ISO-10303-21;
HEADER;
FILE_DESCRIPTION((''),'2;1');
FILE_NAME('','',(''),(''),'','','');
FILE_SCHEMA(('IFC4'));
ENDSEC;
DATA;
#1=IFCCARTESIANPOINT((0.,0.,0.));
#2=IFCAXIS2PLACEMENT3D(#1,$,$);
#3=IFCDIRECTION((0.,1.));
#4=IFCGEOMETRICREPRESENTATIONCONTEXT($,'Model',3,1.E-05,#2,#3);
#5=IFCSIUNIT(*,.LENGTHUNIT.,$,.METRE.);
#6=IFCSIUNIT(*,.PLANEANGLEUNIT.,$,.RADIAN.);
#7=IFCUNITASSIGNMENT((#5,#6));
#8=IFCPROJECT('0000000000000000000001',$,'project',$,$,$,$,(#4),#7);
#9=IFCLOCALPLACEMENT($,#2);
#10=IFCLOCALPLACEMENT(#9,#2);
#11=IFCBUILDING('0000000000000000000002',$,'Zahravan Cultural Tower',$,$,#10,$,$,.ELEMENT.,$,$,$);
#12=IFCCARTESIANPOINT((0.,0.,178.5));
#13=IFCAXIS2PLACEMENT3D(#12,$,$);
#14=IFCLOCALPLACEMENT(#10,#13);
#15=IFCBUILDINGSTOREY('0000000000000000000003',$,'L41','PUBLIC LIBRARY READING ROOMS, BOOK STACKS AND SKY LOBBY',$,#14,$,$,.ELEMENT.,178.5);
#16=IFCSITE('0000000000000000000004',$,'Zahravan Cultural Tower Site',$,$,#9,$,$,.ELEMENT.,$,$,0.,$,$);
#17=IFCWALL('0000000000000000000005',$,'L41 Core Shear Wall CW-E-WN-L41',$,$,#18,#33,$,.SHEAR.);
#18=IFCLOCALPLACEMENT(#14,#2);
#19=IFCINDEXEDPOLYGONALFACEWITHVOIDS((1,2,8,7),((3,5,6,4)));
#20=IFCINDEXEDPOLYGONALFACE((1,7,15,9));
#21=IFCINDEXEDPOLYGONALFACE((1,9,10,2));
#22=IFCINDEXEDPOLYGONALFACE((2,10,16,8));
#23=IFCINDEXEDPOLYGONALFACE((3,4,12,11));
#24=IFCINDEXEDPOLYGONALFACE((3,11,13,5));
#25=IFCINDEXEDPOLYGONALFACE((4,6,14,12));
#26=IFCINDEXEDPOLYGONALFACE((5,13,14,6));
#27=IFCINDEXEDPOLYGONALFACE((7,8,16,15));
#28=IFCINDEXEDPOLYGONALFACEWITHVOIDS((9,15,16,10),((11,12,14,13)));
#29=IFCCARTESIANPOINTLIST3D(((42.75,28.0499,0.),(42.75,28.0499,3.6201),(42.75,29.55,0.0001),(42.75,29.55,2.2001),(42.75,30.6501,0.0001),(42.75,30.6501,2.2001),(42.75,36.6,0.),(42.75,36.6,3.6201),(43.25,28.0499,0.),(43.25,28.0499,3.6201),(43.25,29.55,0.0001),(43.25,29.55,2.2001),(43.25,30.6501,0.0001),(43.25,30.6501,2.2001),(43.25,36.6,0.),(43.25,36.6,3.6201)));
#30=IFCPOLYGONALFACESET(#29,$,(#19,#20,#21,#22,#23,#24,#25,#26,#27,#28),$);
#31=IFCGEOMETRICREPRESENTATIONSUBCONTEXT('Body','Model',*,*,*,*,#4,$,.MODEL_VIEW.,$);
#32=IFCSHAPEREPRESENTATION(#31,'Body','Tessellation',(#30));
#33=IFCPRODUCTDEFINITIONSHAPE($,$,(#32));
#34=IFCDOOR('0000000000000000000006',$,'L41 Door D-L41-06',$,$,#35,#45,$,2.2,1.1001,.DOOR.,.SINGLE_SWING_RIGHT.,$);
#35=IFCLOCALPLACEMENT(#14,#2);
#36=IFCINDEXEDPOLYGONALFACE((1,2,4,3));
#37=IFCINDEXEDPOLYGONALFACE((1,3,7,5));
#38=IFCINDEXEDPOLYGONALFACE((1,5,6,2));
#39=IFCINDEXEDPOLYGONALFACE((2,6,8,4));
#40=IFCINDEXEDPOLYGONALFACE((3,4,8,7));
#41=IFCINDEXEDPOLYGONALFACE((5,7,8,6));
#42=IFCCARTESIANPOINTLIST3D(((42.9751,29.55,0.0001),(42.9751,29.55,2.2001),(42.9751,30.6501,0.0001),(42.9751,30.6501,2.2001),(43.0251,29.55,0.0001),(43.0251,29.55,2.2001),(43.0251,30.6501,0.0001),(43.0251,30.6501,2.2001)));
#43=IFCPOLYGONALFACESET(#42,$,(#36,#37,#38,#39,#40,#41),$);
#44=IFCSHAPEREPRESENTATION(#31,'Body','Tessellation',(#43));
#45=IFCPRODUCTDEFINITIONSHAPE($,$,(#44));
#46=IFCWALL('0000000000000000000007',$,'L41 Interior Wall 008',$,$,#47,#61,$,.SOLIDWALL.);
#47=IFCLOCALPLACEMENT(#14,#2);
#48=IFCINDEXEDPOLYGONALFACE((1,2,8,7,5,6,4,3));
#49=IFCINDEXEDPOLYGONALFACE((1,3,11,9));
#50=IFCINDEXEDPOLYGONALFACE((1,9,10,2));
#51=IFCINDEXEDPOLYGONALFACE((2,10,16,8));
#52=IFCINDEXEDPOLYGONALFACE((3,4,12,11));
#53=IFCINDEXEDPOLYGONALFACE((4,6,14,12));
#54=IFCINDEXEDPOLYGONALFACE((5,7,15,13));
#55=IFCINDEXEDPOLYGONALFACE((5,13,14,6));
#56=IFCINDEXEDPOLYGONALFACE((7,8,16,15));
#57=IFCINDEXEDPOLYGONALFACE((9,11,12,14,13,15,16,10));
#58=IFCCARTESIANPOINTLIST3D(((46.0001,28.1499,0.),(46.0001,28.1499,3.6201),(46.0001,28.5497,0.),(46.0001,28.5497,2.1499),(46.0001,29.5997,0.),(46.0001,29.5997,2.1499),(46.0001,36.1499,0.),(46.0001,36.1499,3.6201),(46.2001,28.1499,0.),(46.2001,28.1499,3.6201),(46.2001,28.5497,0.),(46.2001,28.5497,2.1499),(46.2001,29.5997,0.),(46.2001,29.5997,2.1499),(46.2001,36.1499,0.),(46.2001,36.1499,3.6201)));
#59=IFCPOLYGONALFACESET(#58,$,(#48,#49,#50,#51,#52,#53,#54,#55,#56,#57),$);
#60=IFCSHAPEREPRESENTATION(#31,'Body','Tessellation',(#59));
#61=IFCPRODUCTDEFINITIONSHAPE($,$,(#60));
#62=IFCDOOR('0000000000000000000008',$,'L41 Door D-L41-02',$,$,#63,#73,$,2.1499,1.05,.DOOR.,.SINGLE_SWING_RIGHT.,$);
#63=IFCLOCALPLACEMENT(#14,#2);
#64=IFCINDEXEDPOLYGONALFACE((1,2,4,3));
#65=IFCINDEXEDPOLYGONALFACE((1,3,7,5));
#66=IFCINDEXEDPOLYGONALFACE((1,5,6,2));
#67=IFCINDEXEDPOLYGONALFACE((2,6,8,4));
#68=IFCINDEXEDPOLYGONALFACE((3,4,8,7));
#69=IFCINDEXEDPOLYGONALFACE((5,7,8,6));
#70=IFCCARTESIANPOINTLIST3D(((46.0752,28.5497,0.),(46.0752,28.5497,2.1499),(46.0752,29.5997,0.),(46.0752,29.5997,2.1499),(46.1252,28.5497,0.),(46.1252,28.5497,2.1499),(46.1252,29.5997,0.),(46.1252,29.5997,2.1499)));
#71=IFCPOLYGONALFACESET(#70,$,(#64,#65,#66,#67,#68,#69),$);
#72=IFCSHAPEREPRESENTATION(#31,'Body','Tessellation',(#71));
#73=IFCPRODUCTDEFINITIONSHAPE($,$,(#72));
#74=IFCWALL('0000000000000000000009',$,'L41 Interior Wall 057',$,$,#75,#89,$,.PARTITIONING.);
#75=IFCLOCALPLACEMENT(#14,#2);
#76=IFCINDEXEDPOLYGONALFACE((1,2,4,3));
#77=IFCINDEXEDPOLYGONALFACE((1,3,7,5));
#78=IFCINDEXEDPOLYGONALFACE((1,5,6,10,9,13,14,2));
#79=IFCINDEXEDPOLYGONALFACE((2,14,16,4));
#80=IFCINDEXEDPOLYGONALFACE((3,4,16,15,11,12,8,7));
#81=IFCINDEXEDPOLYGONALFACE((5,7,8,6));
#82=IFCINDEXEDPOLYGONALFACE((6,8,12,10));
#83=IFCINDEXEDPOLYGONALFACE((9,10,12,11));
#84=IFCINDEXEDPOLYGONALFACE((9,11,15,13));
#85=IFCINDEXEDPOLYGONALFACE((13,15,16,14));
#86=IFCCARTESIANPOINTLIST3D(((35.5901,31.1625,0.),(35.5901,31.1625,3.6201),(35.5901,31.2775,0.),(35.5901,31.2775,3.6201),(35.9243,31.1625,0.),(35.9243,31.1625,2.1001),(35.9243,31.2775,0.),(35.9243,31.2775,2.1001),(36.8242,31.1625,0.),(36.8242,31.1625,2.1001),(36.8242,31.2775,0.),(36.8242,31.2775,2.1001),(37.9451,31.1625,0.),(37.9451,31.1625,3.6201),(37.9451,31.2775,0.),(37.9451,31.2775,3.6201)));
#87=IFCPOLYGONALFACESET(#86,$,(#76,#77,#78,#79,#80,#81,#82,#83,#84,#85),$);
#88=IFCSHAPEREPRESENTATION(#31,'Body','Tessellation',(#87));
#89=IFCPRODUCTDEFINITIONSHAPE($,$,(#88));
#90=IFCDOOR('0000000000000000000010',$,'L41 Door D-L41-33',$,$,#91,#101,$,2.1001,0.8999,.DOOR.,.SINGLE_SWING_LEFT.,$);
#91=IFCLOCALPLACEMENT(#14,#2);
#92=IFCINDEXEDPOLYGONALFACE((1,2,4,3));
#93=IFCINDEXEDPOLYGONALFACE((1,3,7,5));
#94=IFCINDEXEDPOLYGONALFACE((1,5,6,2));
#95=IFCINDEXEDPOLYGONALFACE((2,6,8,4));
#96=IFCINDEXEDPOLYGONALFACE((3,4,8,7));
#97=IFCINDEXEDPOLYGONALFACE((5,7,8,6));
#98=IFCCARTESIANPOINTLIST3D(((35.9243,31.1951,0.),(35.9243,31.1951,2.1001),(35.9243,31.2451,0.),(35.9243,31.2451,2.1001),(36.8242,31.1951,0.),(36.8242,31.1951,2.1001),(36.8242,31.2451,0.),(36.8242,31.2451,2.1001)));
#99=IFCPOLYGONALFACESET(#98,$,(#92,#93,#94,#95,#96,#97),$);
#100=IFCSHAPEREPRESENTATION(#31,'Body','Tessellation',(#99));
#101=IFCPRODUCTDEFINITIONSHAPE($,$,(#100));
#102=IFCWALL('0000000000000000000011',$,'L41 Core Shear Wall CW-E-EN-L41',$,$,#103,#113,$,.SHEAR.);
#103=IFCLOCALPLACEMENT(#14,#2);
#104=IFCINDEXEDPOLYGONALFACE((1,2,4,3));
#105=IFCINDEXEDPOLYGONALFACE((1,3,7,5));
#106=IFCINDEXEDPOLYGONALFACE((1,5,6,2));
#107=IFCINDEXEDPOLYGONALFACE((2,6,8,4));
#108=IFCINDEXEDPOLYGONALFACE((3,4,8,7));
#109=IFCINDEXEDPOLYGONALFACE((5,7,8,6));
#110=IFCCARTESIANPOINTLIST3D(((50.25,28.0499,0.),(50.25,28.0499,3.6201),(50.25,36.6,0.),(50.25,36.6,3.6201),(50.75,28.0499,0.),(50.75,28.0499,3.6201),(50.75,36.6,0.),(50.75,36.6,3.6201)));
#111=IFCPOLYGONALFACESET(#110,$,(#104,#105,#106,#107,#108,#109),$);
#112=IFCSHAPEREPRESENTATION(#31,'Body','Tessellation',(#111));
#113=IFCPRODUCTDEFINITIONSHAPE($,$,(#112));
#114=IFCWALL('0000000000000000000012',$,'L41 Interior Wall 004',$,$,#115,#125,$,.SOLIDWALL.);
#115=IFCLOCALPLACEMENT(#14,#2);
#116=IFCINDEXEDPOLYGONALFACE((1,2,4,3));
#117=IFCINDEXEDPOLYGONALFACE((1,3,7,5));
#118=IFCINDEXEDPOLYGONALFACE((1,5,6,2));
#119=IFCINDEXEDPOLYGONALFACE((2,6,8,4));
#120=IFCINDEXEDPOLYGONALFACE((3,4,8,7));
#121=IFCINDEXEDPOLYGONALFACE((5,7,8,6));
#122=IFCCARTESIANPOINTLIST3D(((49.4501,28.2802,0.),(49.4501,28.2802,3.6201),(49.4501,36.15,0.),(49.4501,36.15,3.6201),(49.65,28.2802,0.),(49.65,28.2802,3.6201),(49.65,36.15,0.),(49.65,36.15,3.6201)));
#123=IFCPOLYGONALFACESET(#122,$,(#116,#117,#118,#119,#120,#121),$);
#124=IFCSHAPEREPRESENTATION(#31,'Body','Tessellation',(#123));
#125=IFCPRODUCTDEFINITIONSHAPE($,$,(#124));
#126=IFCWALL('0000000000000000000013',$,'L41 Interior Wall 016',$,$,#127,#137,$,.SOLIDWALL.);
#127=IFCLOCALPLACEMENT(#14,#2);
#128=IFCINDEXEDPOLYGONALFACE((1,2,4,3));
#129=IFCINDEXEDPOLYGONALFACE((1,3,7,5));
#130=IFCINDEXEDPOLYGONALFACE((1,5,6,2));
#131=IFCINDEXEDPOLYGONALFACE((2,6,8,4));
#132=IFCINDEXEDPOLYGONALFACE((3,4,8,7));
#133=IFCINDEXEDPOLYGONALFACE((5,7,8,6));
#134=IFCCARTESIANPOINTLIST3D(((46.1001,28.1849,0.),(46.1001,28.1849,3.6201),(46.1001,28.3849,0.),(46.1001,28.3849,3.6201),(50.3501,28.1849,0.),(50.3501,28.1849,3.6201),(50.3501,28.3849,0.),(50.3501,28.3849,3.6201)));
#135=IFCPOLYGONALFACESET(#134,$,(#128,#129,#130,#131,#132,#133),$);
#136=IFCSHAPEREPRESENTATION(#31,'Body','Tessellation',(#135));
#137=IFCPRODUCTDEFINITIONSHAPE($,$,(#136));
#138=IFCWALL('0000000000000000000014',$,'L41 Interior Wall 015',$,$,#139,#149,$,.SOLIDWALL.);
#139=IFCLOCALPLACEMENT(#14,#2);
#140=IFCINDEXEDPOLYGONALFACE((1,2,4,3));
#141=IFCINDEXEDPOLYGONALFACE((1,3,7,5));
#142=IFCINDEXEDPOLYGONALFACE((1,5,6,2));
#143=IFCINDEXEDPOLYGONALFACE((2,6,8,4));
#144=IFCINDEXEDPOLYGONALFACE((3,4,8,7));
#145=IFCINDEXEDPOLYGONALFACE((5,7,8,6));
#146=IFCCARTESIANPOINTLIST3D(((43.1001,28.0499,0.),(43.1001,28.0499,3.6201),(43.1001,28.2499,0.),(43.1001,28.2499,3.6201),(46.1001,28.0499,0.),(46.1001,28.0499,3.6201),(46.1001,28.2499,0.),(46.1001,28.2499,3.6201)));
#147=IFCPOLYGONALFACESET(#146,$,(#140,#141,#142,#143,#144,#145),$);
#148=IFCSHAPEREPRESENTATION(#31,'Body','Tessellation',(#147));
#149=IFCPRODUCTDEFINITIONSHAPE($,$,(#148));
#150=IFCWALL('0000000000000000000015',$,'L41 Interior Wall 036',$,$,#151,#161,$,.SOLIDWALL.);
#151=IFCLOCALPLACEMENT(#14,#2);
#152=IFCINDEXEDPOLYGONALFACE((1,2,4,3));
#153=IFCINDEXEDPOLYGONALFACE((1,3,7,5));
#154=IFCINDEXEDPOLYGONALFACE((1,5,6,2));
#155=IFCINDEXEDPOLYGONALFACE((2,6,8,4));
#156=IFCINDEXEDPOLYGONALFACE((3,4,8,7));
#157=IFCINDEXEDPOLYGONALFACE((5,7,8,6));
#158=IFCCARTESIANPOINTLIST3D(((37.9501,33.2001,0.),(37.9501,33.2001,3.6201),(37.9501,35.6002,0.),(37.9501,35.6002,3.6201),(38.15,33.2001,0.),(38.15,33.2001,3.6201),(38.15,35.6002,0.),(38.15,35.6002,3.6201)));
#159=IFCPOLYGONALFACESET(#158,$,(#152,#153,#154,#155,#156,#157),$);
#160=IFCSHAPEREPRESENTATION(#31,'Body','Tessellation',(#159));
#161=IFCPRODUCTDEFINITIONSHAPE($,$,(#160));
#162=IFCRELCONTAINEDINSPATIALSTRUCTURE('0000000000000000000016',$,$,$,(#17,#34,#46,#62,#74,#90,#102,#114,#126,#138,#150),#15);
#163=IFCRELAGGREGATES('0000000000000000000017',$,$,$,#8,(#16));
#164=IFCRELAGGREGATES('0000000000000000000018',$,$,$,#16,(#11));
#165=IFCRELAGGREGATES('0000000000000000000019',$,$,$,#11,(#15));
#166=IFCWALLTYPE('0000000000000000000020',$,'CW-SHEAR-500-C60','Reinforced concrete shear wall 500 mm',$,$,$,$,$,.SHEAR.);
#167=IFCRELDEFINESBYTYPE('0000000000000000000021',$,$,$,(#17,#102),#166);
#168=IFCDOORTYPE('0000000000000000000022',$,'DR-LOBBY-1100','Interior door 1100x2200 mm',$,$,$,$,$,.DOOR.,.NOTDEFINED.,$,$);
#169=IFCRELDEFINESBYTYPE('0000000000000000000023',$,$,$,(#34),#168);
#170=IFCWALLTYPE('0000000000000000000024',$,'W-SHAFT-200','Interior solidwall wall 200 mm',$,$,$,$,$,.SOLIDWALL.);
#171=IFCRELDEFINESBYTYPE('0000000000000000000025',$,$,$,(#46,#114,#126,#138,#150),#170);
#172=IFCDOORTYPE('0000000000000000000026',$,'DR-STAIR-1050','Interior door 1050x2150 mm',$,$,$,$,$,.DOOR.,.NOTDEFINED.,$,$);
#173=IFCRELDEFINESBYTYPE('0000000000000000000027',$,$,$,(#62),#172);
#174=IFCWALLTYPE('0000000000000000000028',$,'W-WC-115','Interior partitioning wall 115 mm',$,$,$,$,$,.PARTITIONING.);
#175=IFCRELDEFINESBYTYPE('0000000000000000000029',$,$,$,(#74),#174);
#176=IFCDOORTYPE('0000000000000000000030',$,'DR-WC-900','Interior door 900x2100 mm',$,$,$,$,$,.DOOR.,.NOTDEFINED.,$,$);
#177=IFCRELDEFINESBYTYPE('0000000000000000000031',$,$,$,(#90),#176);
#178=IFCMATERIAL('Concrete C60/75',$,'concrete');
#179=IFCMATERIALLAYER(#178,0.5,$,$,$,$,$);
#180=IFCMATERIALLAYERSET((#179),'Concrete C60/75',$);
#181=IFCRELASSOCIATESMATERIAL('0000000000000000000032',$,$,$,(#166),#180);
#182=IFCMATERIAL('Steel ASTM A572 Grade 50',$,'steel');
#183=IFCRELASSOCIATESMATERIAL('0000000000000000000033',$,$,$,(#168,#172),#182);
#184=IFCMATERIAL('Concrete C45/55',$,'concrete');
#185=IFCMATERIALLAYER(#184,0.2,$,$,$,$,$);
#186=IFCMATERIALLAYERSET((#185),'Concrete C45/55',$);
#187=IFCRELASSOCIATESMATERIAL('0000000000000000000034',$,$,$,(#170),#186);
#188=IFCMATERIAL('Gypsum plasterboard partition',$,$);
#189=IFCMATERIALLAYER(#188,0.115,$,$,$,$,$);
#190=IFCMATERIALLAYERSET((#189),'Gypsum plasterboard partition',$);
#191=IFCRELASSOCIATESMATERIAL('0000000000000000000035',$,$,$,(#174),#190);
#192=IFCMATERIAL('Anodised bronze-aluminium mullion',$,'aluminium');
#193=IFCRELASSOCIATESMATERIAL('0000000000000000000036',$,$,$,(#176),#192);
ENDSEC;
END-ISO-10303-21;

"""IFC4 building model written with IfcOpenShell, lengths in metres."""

from ifc_helpers import new_model, si_unit, direction, frame, frame_2d, origin, place, context, subcontext, project, spatial, rectangle, extrude, source, transform, mapped, material, layer, layer_set, type_object, element, fill, save


model = new_model("IFC4")

# Units and contexts
model_context = context("Model", 3, precision=1e-05, world=origin(), true_north=direction((0.0, 1.0)))
body_context = subcontext(model_context, "Body", "Model", "MODEL_VIEW")
ifc_project = project(units=[si_unit("LENGTHUNIT", "METRE"), si_unit("PLANEANGLEUNIT", "RADIAN")], contexts=[model_context])

# Site, building, storey
site_placement = place(None, origin())
site = spatial("IfcSite", under=ifc_project, at=site_placement, Name="Zahravan Cultural Tower Site", CompositionType="ELEMENT", RefElevation=0.0)
building_placement = place(site_placement, origin())
building = spatial("IfcBuilding", under=site, at=building_placement, Name="Zahravan Cultural Tower", CompositionType="ELEMENT")
storey_placement = place(building_placement, frame((0.0, 0.0, 178.5)))
storey = spatial("IfcBuildingStorey", under=building, at=storey_placement, Name="L41", Description="PUBLIC LIBRARY READING ROOMS, BOOK STACKS AND SKY LOBBY", CompositionType="ELEMENT", Elevation=178.5)

# Walls, openings, doors
ifc_material_1 = material(Name="Concrete C60/75", Category="concrete")
ifc_layer_1 = layer(ifc_material_1, 0.5)
ifc_layer_set_1 = layer_set([ifc_layer_1], Name="Concrete C60/75")
wall_type_1 = type_object("IfcWallType", Name="CW-SHEAR-500-C60", Description="Reinforced concrete shear wall 500 mm", PredefinedType="SHEAR", material=ifc_layer_set_1)
wall_1_placement = place(storey_placement, frame((43.0, 28.05, 0.0), z_axis=(0.0, 0.0, 1.0), x_axis=(0.0, 1.0, 0.0)))
wall_1 = element("IfcWall", 1, at=wall_1_placement, inside=storey, type_object=wall_type_1, Name="L41 Core Shear Wall CW-E-WN-L41", PredefinedType="SHEAR", context=body_context, shape_type="SweptSolid", body=[
    extrude(rectangle(XDim=8.55, YDim=0.5, at=frame_2d((4.2749, 0.0))), origin(), (0.0, 0.0, 1.0), 3.6201),
])
opening_1_placement = place(wall_1_placement, frame((1.5, 0.0, 0.0)))
opening_1 = element("IfcOpeningElement", 2, at=opening_1_placement, cuts=wall_1, PredefinedType="OPENING", context=body_context, shape_type="SweptSolid", body=[
    extrude(rectangle(XDim=1.1001, YDim=2.2, at=frame_2d((0.55, 1.1001))), frame((0.0, 0.26, 0.0), z_axis=(0.0, -1.0, 0.0), x_axis=(1.0, 0.0, 0.0)), (0.0, 0.0, 1.0), 0.52),
])
ifc_material_2 = material(Name="Steel ASTM A572 Grade 50", Category="steel")
door_type_1 = type_object("IfcDoorType", Name="DR-LOBBY-1100", Description="Interior door 1100x2200 mm", OperationType="NOTDEFINED", PredefinedType="DOOR", material=ifc_material_2)
shared_shape_1 = source(origin(), body_context, "Body", "SweptSolid", [
    extrude(rectangle(XDim=1.1001, YDim=2.2, at=frame_2d((0.55, 1.1001))), frame((0.0, 0.0249, 0.0), z_axis=(0.0, -1.0, 0.0), x_axis=(1.0, 0.0, 0.0)), (0.0, 0.0, 1.0), 0.05),
])
door_1_placement = place(opening_1_placement, origin())
door_1 = element("IfcDoor", 3, at=door_1_placement, inside=storey, type_object=door_type_1, Name="L41 Door D-L41-06", OperationType="SINGLE_SWING_RIGHT", OverallHeight=2.2, OverallWidth=1.1001, PredefinedType="DOOR", context=body_context, shape_type="MappedRepresentation", body=[
    mapped(shared_shape_1, transform((0.0, 0.0, 0.0), x_axis=(1.0, 0.0, 0.0), y_axis=(0.0, 1.0, 0.0), z_axis=(0.0, 0.0, 1.0), scale=1.0)),
])
fill(opening_1, door_1)
ifc_material_3 = material(Name="Gypsum plasterboard partition")
ifc_material_4 = material(Name="Anodised bronze-aluminium mullion", Category="aluminium")
ifc_material_5 = material(Name="Concrete C45/55", Category="concrete")
ifc_layer_2 = layer(ifc_material_5, 0.2)
ifc_layer_set_2 = layer_set([ifc_layer_2], Name="Concrete C45/55")
wall_type_2 = type_object("IfcWallType", Name="W-SHAFT-200", Description="Interior solidwall wall 200 mm", PredefinedType="SOLIDWALL", material=ifc_layer_set_2)
wall_2_placement = place(storey_placement, frame((46.1001, 28.1499, 0.0), z_axis=(0.0, 0.0, 1.0), x_axis=(0.0, 1.0, 0.0)))
wall_2 = element("IfcWall", 4, at=wall_2_placement, inside=storey, type_object=wall_type_2, Name="L41 Interior Wall 008", PredefinedType="SOLIDWALL", context=body_context, shape_type="SweptSolid", body=[
    extrude(rectangle(XDim=8.0, YDim=0.2, at=frame_2d((4.0, 0.0))), origin(), (0.0, 0.0, 1.0), 3.6201),
])
opening_2_placement = place(wall_2_placement, frame((0.3999, 0.0, 0.0)))
opening_2 = element("IfcOpeningElement", 5, at=opening_2_placement, cuts=wall_2, PredefinedType="OPENING", context=body_context, shape_type="SweptSolid", body=[
    extrude(rectangle(XDim=1.05, YDim=2.1499, at=frame_2d((0.5249, 1.075))), frame((0.0, 0.1099, 0.0), z_axis=(0.0, -1.0, 0.0), x_axis=(1.0, 0.0, 0.0)), (0.0, 0.0, 1.0), 0.22),
])
door_type_2 = type_object("IfcDoorType", Name="DR-STAIR-1050", Description="Interior door 1050x2150 mm", OperationType="NOTDEFINED", PredefinedType="DOOR", material=ifc_material_2)
shared_shape_2 = source(origin(), body_context, "Body", "SweptSolid", [
    extrude(rectangle(XDim=1.05, YDim=2.1499, at=frame_2d((0.5249, 1.075))), frame((0.0, 0.0249, 0.0), z_axis=(0.0, -1.0, 0.0), x_axis=(1.0, 0.0, 0.0)), (0.0, 0.0, 1.0), 0.05),
])
door_2_placement = place(opening_2_placement, origin())
door_2 = element("IfcDoor", 6, at=door_2_placement, inside=storey, type_object=door_type_2, Name="L41 Door D-L41-02", OperationType="SINGLE_SWING_RIGHT", OverallHeight=2.1499, OverallWidth=1.05, PredefinedType="DOOR", context=body_context, shape_type="MappedRepresentation", body=[
    mapped(shared_shape_2, transform((0.0, 0.0, 0.0), x_axis=(1.0, 0.0, 0.0), y_axis=(0.0, 1.0, 0.0), z_axis=(0.0, 0.0, 1.0), scale=1.0)),
])
fill(opening_2, door_2)
ifc_layer_3 = layer(ifc_material_3, 0.115)
ifc_layer_set_3 = layer_set([ifc_layer_3], Name="Gypsum plasterboard partition")
wall_type_3 = type_object("IfcWallType", Name="W-WC-115", Description="Interior partitioning wall 115 mm", PredefinedType="PARTITIONING", material=ifc_layer_set_3)
wall_3_placement = place(storey_placement, frame((37.9451, 31.22, 0.0), z_axis=(0.0, 0.0, 1.0), x_axis=(-1.0, 0.0, 0.0)))
wall_3 = element("IfcWall", 7, at=wall_3_placement, inside=storey, type_object=wall_type_3, Name="L41 Interior Wall 057", PredefinedType="PARTITIONING", context=body_context, shape_type="SweptSolid", body=[
    extrude(rectangle(XDim=2.355, YDim=0.115, at=frame_2d((1.1775, 0.0))), origin(), (0.0, 0.0, 1.0), 3.6201),
])
opening_3_placement = place(wall_3_placement, frame((1.1208, 0.0, 0.0)))
opening_3 = element("IfcOpeningElement", 8, at=opening_3_placement, cuts=wall_3, PredefinedType="OPENING", context=body_context, shape_type="SweptSolid", body=[
    extrude(rectangle(XDim=0.8999, YDim=2.1001, at=frame_2d((0.45, 1.05))), frame((0.0, 0.0674, 0.0), z_axis=(0.0, -1.0, 0.0), x_axis=(1.0, 0.0, 0.0)), (0.0, 0.0, 1.0), 0.135),
])
door_type_3 = type_object("IfcDoorType", Name="DR-WC-900", Description="Interior door 900x2100 mm", OperationType="NOTDEFINED", PredefinedType="DOOR", material=ifc_material_4)
shared_shape_3 = source(origin(), body_context, "Body", "SweptSolid", [
    extrude(rectangle(XDim=0.8999, YDim=2.1001, at=frame_2d((0.45, 1.05))), frame((0.0, 0.0249, 0.0), z_axis=(0.0, -1.0, 0.0), x_axis=(1.0, 0.0, 0.0)), (0.0, 0.0, 1.0), 0.05),
])
door_3_placement = place(opening_3_placement, origin())
door_3 = element("IfcDoor", 9, at=door_3_placement, inside=storey, type_object=door_type_3, Name="L41 Door D-L41-33", OperationType="SINGLE_SWING_LEFT", OverallHeight=2.1001, OverallWidth=0.8999, PredefinedType="DOOR", context=body_context, shape_type="MappedRepresentation", body=[
    mapped(shared_shape_3, transform((0.0, 0.0, 0.0), x_axis=(1.0, 0.0, 0.0), y_axis=(0.0, 1.0, 0.0), z_axis=(0.0, 0.0, 1.0), scale=1.0)),
])
fill(opening_3, door_3)

# Walls
shared_shape_4 = source(origin(), body_context, "Body", "SweptSolid", [
    extrude(rectangle(XDim=8.55, YDim=0.5, at=frame_2d((4.2749, 0.0))), origin(), (0.0, 0.0, 1.0), 3.6201),
])
wall_4_placement = place(storey_placement, frame((50.5, 28.05, 0.0), z_axis=(0.0, 0.0, 1.0), x_axis=(0.0, 1.0, 0.0)))
element("IfcWall", 10, at=wall_4_placement, inside=storey, type_object=wall_type_1, Name="L41 Core Shear Wall CW-E-EN-L41", PredefinedType="SHEAR", context=body_context, shape_type="MappedRepresentation", body=[
    mapped(shared_shape_4, transform((0.0, 0.0, 0.0), x_axis=(1.0, 0.0, 0.0), y_axis=(0.0, 1.0, 0.0), z_axis=(0.0, 0.0, 1.0), scale=1.0)),
])
shared_shape_5 = source(origin(), body_context, "Body", "SweptSolid", [
    extrude(rectangle(XDim=7.8699, YDim=0.2, at=frame_2d((3.9351, 0.0))), origin(), (0.0, 0.0, 1.0), 3.6201),
])
wall_5_placement = place(storey_placement, frame((49.55, 28.28, 0.0), z_axis=(0.0, 0.0, 1.0), x_axis=(0.0, 1.0, 0.0)))
element("IfcWall", 11, at=wall_5_placement, inside=storey, type_object=wall_type_2, Name="L41 Interior Wall 004", PredefinedType="SOLIDWALL", context=body_context, shape_type="MappedRepresentation", body=[
    mapped(shared_shape_5, transform((0.0, 0.0, 0.0), x_axis=(1.0, 0.0, 0.0), y_axis=(0.0, 1.0, 0.0), z_axis=(0.0, 0.0, 1.0), scale=1.0)),
])
shared_shape_6 = source(origin(), body_context, "Body", "SweptSolid", [
    extrude(rectangle(XDim=4.25, YDim=0.2, at=frame_2d((2.125, 0.0))), origin(), (0.0, 0.0, 1.0), 3.6201),
])
wall_6_placement = place(storey_placement, frame((46.1001, 28.2849, 0.0), z_axis=(0.0, 0.0, 1.0), x_axis=(1.0, 0.0, 0.0)))
element("IfcWall", 12, at=wall_6_placement, inside=storey, type_object=wall_type_2, Name="L41 Interior Wall 016", PredefinedType="SOLIDWALL", context=body_context, shape_type="MappedRepresentation", body=[
    mapped(shared_shape_6, transform((0.0, 0.0, 0.0), x_axis=(1.0, 0.0, 0.0), y_axis=(0.0, 1.0, 0.0), z_axis=(0.0, 0.0, 1.0), scale=1.0)),
])
shared_shape_7 = source(origin(), body_context, "Body", "SweptSolid", [
    extrude(rectangle(XDim=3.0, YDim=0.2, at=frame_2d((1.5, 0.0))), origin(), (0.0, 0.0, 1.0), 3.6201),
])
wall_7_placement = place(storey_placement, frame((43.1001, 28.1499, 0.0), z_axis=(0.0, 0.0, 1.0), x_axis=(1.0, 0.0, 0.0)))
element("IfcWall", 13, at=wall_7_placement, inside=storey, type_object=wall_type_2, Name="L41 Interior Wall 015", PredefinedType="SOLIDWALL", context=body_context, shape_type="MappedRepresentation", body=[
    mapped(shared_shape_7, transform((0.0, 0.0, 0.0), x_axis=(1.0, 0.0, 0.0), y_axis=(0.0, 1.0, 0.0), z_axis=(0.0, 0.0, 1.0), scale=1.0)),
])
shared_shape_8 = source(origin(), body_context, "Body", "SweptSolid", [
    extrude(rectangle(XDim=2.4001, YDim=0.2, at=frame_2d((1.2002, 0.0))), origin(), (0.0, 0.0, 1.0), 3.6201),
])
for number, where, z_axis, x_axis, name in (
    (14, (38.05, 33.2, 0.0), (0.0, 0.0, 1.0), (0.0, 1.0, 0.0), "L41 Interior Wall 036"),
):
    element("IfcWall", number, at=place(storey_placement, frame(where, z_axis=z_axis, x_axis=x_axis)), inside=storey, type_object=wall_type_2, Name=name, PredefinedType="SOLIDWALL", context=body_context, shape_type="MappedRepresentation", body=[
        mapped(shared_shape_8, transform((0.0, 0.0, 0.0), x_axis=(1.0, 0.0, 0.0), y_axis=(0.0, 1.0, 0.0), z_axis=(0.0, 0.0, 1.0), scale=1.0)),
    ])

save(model, "model.ifc")
